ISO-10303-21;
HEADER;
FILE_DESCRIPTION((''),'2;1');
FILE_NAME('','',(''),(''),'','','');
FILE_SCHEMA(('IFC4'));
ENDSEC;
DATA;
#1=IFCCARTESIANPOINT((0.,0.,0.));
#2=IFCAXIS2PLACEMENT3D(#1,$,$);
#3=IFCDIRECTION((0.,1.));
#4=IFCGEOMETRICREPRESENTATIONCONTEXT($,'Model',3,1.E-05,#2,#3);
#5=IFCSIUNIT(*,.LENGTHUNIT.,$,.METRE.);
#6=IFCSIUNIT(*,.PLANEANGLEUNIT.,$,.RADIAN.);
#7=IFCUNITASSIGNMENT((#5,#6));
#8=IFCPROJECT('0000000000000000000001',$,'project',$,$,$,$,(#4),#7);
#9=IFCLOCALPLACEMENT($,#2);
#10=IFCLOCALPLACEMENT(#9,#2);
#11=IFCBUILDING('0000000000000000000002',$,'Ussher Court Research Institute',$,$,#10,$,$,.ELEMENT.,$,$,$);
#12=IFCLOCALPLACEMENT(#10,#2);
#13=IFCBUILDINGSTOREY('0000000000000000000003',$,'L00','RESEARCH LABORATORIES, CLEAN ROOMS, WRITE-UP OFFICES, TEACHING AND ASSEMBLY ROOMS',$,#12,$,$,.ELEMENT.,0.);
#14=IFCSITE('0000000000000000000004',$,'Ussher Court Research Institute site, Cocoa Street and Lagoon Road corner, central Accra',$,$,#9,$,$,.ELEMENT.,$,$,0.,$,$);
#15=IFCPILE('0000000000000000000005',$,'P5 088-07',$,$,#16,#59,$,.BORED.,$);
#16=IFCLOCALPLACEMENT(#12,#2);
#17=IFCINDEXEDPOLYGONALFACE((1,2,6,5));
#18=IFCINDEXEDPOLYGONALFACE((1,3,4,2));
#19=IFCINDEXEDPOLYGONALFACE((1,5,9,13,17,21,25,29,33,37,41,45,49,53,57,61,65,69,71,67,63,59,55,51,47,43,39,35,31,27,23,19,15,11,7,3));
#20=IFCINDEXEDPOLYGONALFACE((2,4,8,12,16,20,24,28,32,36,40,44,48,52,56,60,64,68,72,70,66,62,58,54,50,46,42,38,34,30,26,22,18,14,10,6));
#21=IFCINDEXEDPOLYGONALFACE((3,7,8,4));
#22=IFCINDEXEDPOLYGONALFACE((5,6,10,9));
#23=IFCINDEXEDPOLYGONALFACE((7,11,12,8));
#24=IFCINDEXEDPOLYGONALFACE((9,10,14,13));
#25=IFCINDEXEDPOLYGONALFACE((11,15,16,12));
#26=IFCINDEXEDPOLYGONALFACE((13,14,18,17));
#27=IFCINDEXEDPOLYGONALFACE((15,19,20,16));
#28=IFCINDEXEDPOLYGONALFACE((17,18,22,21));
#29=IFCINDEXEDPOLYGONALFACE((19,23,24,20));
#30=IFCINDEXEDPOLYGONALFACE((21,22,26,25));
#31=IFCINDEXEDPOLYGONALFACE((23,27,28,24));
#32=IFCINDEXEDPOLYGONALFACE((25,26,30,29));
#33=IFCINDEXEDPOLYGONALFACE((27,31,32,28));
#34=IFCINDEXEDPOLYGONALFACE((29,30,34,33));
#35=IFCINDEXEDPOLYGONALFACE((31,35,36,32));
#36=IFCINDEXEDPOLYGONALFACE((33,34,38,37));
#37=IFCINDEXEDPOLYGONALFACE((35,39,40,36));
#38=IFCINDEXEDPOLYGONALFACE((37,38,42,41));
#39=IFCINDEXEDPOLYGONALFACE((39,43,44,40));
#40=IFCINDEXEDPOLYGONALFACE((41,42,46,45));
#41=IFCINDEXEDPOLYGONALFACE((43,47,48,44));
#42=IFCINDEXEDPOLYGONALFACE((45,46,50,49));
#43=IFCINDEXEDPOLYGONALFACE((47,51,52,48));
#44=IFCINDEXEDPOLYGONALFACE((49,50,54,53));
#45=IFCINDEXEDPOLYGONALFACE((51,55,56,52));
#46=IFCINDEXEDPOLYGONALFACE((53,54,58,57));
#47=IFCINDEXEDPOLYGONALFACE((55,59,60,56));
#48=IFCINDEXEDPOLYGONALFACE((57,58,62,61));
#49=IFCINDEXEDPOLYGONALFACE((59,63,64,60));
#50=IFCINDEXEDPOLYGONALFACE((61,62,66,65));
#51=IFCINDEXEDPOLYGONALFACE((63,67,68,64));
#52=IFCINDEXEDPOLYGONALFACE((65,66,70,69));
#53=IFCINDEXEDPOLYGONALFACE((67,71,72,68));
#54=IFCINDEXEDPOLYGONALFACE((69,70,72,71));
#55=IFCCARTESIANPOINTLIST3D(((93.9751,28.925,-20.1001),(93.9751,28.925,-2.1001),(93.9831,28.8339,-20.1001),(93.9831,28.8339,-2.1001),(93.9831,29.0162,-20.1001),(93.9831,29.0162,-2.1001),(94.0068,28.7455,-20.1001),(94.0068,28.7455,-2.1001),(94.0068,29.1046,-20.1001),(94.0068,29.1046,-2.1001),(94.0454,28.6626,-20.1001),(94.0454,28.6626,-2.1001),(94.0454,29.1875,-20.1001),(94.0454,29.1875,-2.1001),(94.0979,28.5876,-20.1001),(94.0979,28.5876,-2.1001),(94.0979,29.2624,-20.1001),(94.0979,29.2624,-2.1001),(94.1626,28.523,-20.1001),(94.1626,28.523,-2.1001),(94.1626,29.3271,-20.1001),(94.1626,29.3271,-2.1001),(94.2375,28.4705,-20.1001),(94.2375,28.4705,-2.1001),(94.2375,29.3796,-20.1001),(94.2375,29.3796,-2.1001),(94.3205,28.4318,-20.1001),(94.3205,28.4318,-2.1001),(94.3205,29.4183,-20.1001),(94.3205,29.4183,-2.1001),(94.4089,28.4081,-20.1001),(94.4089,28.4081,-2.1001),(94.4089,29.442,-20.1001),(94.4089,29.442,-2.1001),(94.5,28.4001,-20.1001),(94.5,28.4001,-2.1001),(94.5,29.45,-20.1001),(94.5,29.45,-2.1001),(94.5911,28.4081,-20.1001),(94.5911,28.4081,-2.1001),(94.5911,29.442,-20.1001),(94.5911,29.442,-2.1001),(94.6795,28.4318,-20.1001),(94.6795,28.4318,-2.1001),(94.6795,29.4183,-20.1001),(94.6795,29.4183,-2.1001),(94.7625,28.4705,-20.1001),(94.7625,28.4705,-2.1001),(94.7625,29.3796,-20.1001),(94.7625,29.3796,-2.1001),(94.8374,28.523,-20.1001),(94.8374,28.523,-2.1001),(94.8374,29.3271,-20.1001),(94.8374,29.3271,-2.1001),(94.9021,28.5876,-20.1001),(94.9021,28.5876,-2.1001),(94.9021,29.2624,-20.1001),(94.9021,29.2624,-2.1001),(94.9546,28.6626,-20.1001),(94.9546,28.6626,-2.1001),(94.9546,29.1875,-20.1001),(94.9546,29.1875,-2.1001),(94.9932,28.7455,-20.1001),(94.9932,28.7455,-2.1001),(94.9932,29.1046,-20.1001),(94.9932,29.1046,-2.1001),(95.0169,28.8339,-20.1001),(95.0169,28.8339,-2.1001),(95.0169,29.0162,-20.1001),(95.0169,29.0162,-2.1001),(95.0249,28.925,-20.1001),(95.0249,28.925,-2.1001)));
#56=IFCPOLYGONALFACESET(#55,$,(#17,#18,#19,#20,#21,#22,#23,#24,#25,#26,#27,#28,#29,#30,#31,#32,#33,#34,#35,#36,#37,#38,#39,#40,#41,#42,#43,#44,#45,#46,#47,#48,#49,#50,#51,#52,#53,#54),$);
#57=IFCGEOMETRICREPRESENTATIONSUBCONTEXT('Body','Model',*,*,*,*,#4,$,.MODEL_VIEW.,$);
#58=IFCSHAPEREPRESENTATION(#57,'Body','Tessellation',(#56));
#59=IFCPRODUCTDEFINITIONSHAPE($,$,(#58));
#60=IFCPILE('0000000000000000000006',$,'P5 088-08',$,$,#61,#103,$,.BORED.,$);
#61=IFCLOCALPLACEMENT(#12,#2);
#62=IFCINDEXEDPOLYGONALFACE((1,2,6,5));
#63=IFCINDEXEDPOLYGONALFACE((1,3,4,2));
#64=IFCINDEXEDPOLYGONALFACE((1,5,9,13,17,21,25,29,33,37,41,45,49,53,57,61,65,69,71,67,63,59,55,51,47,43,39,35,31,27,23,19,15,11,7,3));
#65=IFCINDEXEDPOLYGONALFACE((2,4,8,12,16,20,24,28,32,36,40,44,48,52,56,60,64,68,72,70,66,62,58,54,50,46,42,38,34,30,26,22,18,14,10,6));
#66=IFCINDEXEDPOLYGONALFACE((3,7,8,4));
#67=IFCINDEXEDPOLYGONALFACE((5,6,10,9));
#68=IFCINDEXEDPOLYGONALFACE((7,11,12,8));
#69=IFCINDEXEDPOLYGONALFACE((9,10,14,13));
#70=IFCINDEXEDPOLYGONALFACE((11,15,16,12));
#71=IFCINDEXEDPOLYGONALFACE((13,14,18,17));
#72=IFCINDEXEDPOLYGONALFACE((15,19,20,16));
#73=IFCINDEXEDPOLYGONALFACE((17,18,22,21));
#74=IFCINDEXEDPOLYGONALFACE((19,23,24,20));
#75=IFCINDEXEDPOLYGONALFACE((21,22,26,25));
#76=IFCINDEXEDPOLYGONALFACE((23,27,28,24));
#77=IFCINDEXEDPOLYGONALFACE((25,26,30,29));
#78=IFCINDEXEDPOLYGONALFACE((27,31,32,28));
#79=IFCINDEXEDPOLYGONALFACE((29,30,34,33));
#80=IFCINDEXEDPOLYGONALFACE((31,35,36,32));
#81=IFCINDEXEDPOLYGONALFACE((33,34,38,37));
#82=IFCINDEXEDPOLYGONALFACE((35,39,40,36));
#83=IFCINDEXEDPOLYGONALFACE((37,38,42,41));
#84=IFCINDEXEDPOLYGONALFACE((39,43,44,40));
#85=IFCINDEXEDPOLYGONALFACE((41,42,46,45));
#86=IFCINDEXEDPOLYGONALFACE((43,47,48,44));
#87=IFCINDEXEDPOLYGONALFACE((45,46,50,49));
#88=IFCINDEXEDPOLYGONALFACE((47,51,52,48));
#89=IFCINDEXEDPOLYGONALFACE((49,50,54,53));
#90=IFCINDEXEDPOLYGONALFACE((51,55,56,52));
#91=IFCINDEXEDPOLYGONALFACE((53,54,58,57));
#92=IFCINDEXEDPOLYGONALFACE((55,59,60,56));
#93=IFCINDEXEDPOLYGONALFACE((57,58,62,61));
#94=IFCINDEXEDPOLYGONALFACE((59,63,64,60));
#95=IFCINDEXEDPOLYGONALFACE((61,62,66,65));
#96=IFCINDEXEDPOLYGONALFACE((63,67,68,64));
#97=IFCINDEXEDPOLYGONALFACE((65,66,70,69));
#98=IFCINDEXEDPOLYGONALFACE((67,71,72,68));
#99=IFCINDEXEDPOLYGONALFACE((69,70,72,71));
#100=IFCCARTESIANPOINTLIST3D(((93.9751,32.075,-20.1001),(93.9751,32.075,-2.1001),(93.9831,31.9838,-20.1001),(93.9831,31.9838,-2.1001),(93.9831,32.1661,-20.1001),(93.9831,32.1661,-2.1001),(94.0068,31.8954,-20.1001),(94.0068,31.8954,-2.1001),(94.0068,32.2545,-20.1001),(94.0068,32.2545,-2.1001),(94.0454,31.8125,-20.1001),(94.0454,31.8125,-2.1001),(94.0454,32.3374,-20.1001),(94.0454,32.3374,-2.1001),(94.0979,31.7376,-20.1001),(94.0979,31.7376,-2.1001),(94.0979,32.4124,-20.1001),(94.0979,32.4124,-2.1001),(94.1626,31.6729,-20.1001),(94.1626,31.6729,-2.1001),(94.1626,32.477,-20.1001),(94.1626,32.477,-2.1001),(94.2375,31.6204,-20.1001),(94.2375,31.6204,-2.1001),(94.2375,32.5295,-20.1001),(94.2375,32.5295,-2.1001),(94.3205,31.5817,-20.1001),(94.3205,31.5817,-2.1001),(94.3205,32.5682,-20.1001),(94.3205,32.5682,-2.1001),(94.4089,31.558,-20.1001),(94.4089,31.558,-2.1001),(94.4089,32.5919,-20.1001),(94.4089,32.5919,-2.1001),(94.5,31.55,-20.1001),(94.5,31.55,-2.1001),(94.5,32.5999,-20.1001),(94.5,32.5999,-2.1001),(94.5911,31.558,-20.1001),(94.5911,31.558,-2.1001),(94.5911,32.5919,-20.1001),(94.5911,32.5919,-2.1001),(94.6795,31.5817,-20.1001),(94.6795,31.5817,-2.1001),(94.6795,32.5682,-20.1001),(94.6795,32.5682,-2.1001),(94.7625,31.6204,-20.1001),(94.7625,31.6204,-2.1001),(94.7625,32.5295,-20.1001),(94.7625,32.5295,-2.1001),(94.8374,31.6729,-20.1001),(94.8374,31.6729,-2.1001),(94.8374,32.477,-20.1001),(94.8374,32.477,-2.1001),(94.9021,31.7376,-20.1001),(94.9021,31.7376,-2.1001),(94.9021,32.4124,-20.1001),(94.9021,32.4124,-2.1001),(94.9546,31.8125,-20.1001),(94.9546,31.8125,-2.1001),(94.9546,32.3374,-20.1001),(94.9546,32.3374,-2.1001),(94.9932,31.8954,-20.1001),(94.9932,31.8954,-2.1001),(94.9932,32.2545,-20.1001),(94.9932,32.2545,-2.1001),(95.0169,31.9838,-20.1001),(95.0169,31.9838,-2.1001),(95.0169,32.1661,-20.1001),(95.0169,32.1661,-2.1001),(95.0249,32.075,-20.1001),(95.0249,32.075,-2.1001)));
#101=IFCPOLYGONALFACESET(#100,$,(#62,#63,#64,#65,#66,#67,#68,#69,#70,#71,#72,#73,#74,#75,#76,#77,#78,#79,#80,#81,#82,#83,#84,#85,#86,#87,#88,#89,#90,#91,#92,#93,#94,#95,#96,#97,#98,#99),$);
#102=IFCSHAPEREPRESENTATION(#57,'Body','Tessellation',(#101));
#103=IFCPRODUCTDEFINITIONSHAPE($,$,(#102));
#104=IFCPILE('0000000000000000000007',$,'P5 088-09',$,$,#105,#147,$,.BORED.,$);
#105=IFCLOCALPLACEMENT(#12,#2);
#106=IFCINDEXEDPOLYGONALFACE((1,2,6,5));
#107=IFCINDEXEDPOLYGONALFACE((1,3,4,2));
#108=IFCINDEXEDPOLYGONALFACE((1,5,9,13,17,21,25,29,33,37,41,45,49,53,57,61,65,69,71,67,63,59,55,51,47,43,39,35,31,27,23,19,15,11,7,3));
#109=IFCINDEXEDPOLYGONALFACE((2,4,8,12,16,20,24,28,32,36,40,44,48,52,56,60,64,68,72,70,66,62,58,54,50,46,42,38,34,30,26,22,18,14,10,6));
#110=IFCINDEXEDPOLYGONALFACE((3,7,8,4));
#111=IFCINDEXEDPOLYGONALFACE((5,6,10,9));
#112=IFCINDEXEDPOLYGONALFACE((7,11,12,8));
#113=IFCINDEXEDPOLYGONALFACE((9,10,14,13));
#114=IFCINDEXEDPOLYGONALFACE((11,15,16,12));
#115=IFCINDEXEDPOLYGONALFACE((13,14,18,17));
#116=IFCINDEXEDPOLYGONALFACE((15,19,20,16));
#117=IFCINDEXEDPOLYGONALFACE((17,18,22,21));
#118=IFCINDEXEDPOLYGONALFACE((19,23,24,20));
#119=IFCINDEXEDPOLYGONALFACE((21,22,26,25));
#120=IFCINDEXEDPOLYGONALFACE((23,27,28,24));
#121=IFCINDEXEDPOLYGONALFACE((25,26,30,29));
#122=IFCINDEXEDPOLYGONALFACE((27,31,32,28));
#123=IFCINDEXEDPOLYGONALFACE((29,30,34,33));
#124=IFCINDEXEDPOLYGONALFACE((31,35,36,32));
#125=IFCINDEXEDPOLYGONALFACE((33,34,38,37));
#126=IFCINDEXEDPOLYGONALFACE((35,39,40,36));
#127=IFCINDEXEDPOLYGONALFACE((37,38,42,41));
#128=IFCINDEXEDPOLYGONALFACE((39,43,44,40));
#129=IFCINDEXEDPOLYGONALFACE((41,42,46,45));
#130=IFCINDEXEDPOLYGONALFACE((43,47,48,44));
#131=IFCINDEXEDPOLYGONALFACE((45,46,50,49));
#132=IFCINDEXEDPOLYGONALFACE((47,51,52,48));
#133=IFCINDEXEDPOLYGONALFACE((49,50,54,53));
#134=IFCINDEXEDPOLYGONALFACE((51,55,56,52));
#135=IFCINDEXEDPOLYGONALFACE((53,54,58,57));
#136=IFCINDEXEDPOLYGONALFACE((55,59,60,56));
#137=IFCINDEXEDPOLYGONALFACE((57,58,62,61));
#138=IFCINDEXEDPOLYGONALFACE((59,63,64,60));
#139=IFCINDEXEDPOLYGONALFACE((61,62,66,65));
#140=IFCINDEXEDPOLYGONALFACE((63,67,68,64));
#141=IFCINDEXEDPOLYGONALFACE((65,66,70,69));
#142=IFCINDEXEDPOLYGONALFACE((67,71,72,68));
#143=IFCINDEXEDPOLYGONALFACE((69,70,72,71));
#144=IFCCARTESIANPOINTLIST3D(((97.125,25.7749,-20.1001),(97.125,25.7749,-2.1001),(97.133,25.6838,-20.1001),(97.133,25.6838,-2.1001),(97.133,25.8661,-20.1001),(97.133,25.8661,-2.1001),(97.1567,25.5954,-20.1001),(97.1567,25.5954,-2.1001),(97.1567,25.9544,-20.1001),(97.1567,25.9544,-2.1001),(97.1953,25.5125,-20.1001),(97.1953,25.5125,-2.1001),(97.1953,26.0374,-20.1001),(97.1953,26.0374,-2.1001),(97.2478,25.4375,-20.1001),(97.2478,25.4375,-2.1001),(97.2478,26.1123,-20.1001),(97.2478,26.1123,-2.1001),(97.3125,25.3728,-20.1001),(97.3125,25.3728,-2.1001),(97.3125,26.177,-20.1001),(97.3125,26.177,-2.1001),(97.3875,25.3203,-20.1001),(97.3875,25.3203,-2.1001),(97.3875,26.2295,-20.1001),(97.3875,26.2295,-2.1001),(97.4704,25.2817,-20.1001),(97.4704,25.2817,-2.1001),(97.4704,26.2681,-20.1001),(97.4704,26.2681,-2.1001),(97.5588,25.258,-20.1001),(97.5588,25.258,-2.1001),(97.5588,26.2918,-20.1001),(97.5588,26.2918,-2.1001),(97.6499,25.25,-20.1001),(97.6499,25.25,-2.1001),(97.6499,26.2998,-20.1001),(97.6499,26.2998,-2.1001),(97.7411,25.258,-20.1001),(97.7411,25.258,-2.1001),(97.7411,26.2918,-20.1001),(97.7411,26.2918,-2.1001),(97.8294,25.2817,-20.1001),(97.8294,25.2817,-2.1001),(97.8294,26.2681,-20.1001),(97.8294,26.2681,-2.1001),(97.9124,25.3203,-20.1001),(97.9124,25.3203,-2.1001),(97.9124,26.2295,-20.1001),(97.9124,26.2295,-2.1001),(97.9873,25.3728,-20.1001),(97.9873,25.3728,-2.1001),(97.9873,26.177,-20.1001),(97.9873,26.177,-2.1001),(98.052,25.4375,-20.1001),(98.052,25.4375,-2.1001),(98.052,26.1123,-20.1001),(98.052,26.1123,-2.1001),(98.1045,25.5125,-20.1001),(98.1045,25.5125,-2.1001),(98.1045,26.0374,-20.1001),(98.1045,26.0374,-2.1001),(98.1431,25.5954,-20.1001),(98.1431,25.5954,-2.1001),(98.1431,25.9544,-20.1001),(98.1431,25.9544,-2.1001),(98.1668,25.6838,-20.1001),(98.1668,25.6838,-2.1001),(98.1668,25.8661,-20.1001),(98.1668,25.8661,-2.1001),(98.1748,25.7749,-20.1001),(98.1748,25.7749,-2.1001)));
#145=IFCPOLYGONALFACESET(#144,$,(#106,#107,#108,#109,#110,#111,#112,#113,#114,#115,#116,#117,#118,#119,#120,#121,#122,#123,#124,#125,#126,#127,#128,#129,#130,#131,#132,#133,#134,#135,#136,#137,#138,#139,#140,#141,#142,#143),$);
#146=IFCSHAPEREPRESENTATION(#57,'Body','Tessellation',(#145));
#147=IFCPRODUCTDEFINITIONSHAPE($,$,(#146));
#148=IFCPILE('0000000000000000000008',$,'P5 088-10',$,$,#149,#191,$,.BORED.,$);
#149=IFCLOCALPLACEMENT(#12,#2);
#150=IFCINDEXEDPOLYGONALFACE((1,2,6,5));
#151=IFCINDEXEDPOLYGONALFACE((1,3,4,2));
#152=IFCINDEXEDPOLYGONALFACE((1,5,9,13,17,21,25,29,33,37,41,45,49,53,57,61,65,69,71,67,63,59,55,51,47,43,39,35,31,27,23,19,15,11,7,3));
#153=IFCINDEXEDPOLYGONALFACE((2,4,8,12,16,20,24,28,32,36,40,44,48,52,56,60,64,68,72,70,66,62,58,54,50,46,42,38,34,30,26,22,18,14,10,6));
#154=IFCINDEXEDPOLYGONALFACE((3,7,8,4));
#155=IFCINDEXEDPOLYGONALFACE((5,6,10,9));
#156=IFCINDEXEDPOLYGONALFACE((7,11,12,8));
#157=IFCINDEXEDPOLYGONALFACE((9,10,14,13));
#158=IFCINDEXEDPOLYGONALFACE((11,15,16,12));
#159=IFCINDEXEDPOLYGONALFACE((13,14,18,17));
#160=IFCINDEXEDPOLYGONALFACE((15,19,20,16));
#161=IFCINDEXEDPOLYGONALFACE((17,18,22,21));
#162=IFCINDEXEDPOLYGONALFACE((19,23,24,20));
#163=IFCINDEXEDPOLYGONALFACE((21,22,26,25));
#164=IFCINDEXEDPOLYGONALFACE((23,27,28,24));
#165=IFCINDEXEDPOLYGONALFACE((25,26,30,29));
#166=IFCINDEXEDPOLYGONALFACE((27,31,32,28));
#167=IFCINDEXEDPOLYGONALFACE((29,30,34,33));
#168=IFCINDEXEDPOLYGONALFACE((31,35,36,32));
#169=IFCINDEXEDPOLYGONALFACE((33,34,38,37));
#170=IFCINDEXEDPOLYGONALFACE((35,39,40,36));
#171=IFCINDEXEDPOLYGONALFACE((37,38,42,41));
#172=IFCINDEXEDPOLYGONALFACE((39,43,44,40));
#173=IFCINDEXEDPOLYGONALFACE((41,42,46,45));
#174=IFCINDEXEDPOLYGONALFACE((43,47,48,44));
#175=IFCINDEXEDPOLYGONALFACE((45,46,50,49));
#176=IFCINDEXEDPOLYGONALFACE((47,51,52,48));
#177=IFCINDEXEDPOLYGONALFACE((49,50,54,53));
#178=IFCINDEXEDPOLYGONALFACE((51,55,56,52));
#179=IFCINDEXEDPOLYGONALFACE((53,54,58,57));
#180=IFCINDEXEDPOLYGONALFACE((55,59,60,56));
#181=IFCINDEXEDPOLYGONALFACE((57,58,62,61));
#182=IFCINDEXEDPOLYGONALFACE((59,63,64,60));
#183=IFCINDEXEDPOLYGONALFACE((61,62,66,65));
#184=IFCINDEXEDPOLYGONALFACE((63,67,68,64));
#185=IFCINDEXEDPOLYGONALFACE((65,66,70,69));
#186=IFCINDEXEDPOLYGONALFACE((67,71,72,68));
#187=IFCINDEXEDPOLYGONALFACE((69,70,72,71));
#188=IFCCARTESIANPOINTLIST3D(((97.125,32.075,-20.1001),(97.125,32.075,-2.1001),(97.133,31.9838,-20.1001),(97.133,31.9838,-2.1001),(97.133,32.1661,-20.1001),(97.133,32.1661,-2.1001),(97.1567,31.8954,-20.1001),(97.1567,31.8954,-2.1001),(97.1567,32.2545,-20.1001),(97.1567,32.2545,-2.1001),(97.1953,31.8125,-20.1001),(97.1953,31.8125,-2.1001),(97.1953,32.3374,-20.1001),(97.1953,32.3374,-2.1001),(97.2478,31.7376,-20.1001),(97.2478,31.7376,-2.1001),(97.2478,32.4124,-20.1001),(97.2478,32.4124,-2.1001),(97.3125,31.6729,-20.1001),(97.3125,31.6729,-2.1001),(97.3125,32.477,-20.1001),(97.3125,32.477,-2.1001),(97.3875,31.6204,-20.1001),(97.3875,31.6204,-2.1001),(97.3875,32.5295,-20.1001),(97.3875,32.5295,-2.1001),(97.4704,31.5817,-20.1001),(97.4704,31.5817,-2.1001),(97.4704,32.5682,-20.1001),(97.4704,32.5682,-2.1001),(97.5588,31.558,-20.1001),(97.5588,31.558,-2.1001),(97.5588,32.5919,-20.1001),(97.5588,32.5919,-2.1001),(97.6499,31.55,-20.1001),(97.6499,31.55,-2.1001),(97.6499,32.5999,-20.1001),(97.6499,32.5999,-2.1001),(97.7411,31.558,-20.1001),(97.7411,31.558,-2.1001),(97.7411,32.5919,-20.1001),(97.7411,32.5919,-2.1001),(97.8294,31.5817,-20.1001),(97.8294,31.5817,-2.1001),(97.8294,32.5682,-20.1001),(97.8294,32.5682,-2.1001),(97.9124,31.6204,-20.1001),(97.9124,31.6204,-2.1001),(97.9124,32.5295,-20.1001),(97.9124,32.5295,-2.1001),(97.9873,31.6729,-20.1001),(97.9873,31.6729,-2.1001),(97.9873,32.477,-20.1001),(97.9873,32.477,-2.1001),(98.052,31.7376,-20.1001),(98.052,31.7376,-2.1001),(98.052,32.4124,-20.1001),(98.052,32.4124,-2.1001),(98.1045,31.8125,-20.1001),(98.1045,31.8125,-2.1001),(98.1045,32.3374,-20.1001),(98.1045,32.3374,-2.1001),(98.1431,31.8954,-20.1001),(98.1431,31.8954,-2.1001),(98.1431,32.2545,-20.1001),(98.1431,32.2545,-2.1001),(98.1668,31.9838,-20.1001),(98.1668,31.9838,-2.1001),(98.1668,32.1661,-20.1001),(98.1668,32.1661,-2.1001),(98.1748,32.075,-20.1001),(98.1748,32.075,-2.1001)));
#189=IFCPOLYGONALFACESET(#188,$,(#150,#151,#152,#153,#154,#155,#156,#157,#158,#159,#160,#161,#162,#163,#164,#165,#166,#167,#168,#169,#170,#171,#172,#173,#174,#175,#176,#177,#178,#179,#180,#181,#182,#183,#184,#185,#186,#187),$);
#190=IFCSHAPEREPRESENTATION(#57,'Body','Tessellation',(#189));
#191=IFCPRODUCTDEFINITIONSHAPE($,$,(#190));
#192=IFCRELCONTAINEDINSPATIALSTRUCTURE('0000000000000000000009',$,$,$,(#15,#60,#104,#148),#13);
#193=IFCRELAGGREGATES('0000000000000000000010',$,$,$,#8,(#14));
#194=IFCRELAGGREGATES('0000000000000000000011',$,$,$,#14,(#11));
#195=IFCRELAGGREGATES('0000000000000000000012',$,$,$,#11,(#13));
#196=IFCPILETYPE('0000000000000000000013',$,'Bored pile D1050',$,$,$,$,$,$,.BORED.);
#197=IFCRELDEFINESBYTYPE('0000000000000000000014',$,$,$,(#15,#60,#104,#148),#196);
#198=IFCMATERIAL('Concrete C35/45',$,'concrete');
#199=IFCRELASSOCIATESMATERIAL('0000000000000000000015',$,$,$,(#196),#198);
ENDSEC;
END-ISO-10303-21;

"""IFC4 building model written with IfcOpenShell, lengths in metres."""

from ifc_helpers import new_model, si_unit, direction, frame, origin, origin_2d, place, context, subcontext, project, spatial, circle, extrude, material, material_profile, profile_set, type_object, element, save


model = new_model("IFC4")

# Units and contexts
model_context = context("Model", 3, precision=1e-05, world=origin(), true_north=direction((0.0, 1.0)))
body_context = subcontext(model_context, "Body", "Model", "MODEL_VIEW")
ifc_project = project(units=[si_unit("LENGTHUNIT", "METRE"), si_unit("PLANEANGLEUNIT", "RADIAN")], contexts=[model_context])

# Site, building, storey
site_placement = place(None, origin())
site = spatial("IfcSite", under=ifc_project, at=site_placement, Name="Ussher Court Research Institute site, Cocoa Street and Lagoon Road corner, central Accra", CompositionType="ELEMENT", RefElevation=0.0)
building_placement = place(site_placement, origin())
building = spatial("IfcBuilding", under=site, at=building_placement, Name="Ussher Court Research Institute", CompositionType="ELEMENT")
storey_placement = place(building_placement, origin())
storey = spatial("IfcBuildingStorey", under=building, at=storey_placement, Name="L00", Description="RESEARCH LABORATORIES, CLEAN ROOMS, WRITE-UP OFFICES, TEACHING AND ASSEMBLY ROOMS", CompositionType="ELEMENT", Elevation=0.0)

# Piles
ifc_material_1 = material(Name="Concrete C35/45", Category="concrete")
ifc_material_profile_1 = material_profile(ifc_material_1, circle(Radius=0.5249, at=origin_2d()), Name="RC D1050")
ifc_profile_set_1 = profile_set([ifc_material_profile_1], Name="Concrete C35/45")
pile_type_1 = type_object("IfcPileType", Name="Bored pile D1050", PredefinedType="BORED", material=ifc_profile_set_1)
for number, where, z_axis, x_axis, name in (
    (1, (94.5, 28.925, -2.1001), (0.0, 0.0, -1.0), (1.0, 0.0, 0.0), "P5 088-07"),
    (2, (94.5, 32.075, -2.1001), (0.0, 0.0, -1.0), (1.0, 0.0, 0.0), "P5 088-08"),
    (3, (97.6499, 25.7749, -2.1001), (0.0, 0.0, -1.0), (1.0, 0.0, 0.0), "P5 088-09"),
    (4, (97.6499, 32.075, -2.1001), (0.0, 0.0, -1.0), (1.0, 0.0, 0.0), "P5 088-10"),
):
    element("IfcPile", number, at=place(storey_placement, frame(where, z_axis=z_axis, x_axis=x_axis)), inside=storey, type_object=pile_type_1, Name=name, PredefinedType="BORED", context=body_context, shape_type="SweptSolid", body=[
        extrude(circle(Radius=0.5249, at=origin_2d()), origin(), (0.0, 0.0, 1.0), 18.0),
    ])

save(model, "model.ifc")
